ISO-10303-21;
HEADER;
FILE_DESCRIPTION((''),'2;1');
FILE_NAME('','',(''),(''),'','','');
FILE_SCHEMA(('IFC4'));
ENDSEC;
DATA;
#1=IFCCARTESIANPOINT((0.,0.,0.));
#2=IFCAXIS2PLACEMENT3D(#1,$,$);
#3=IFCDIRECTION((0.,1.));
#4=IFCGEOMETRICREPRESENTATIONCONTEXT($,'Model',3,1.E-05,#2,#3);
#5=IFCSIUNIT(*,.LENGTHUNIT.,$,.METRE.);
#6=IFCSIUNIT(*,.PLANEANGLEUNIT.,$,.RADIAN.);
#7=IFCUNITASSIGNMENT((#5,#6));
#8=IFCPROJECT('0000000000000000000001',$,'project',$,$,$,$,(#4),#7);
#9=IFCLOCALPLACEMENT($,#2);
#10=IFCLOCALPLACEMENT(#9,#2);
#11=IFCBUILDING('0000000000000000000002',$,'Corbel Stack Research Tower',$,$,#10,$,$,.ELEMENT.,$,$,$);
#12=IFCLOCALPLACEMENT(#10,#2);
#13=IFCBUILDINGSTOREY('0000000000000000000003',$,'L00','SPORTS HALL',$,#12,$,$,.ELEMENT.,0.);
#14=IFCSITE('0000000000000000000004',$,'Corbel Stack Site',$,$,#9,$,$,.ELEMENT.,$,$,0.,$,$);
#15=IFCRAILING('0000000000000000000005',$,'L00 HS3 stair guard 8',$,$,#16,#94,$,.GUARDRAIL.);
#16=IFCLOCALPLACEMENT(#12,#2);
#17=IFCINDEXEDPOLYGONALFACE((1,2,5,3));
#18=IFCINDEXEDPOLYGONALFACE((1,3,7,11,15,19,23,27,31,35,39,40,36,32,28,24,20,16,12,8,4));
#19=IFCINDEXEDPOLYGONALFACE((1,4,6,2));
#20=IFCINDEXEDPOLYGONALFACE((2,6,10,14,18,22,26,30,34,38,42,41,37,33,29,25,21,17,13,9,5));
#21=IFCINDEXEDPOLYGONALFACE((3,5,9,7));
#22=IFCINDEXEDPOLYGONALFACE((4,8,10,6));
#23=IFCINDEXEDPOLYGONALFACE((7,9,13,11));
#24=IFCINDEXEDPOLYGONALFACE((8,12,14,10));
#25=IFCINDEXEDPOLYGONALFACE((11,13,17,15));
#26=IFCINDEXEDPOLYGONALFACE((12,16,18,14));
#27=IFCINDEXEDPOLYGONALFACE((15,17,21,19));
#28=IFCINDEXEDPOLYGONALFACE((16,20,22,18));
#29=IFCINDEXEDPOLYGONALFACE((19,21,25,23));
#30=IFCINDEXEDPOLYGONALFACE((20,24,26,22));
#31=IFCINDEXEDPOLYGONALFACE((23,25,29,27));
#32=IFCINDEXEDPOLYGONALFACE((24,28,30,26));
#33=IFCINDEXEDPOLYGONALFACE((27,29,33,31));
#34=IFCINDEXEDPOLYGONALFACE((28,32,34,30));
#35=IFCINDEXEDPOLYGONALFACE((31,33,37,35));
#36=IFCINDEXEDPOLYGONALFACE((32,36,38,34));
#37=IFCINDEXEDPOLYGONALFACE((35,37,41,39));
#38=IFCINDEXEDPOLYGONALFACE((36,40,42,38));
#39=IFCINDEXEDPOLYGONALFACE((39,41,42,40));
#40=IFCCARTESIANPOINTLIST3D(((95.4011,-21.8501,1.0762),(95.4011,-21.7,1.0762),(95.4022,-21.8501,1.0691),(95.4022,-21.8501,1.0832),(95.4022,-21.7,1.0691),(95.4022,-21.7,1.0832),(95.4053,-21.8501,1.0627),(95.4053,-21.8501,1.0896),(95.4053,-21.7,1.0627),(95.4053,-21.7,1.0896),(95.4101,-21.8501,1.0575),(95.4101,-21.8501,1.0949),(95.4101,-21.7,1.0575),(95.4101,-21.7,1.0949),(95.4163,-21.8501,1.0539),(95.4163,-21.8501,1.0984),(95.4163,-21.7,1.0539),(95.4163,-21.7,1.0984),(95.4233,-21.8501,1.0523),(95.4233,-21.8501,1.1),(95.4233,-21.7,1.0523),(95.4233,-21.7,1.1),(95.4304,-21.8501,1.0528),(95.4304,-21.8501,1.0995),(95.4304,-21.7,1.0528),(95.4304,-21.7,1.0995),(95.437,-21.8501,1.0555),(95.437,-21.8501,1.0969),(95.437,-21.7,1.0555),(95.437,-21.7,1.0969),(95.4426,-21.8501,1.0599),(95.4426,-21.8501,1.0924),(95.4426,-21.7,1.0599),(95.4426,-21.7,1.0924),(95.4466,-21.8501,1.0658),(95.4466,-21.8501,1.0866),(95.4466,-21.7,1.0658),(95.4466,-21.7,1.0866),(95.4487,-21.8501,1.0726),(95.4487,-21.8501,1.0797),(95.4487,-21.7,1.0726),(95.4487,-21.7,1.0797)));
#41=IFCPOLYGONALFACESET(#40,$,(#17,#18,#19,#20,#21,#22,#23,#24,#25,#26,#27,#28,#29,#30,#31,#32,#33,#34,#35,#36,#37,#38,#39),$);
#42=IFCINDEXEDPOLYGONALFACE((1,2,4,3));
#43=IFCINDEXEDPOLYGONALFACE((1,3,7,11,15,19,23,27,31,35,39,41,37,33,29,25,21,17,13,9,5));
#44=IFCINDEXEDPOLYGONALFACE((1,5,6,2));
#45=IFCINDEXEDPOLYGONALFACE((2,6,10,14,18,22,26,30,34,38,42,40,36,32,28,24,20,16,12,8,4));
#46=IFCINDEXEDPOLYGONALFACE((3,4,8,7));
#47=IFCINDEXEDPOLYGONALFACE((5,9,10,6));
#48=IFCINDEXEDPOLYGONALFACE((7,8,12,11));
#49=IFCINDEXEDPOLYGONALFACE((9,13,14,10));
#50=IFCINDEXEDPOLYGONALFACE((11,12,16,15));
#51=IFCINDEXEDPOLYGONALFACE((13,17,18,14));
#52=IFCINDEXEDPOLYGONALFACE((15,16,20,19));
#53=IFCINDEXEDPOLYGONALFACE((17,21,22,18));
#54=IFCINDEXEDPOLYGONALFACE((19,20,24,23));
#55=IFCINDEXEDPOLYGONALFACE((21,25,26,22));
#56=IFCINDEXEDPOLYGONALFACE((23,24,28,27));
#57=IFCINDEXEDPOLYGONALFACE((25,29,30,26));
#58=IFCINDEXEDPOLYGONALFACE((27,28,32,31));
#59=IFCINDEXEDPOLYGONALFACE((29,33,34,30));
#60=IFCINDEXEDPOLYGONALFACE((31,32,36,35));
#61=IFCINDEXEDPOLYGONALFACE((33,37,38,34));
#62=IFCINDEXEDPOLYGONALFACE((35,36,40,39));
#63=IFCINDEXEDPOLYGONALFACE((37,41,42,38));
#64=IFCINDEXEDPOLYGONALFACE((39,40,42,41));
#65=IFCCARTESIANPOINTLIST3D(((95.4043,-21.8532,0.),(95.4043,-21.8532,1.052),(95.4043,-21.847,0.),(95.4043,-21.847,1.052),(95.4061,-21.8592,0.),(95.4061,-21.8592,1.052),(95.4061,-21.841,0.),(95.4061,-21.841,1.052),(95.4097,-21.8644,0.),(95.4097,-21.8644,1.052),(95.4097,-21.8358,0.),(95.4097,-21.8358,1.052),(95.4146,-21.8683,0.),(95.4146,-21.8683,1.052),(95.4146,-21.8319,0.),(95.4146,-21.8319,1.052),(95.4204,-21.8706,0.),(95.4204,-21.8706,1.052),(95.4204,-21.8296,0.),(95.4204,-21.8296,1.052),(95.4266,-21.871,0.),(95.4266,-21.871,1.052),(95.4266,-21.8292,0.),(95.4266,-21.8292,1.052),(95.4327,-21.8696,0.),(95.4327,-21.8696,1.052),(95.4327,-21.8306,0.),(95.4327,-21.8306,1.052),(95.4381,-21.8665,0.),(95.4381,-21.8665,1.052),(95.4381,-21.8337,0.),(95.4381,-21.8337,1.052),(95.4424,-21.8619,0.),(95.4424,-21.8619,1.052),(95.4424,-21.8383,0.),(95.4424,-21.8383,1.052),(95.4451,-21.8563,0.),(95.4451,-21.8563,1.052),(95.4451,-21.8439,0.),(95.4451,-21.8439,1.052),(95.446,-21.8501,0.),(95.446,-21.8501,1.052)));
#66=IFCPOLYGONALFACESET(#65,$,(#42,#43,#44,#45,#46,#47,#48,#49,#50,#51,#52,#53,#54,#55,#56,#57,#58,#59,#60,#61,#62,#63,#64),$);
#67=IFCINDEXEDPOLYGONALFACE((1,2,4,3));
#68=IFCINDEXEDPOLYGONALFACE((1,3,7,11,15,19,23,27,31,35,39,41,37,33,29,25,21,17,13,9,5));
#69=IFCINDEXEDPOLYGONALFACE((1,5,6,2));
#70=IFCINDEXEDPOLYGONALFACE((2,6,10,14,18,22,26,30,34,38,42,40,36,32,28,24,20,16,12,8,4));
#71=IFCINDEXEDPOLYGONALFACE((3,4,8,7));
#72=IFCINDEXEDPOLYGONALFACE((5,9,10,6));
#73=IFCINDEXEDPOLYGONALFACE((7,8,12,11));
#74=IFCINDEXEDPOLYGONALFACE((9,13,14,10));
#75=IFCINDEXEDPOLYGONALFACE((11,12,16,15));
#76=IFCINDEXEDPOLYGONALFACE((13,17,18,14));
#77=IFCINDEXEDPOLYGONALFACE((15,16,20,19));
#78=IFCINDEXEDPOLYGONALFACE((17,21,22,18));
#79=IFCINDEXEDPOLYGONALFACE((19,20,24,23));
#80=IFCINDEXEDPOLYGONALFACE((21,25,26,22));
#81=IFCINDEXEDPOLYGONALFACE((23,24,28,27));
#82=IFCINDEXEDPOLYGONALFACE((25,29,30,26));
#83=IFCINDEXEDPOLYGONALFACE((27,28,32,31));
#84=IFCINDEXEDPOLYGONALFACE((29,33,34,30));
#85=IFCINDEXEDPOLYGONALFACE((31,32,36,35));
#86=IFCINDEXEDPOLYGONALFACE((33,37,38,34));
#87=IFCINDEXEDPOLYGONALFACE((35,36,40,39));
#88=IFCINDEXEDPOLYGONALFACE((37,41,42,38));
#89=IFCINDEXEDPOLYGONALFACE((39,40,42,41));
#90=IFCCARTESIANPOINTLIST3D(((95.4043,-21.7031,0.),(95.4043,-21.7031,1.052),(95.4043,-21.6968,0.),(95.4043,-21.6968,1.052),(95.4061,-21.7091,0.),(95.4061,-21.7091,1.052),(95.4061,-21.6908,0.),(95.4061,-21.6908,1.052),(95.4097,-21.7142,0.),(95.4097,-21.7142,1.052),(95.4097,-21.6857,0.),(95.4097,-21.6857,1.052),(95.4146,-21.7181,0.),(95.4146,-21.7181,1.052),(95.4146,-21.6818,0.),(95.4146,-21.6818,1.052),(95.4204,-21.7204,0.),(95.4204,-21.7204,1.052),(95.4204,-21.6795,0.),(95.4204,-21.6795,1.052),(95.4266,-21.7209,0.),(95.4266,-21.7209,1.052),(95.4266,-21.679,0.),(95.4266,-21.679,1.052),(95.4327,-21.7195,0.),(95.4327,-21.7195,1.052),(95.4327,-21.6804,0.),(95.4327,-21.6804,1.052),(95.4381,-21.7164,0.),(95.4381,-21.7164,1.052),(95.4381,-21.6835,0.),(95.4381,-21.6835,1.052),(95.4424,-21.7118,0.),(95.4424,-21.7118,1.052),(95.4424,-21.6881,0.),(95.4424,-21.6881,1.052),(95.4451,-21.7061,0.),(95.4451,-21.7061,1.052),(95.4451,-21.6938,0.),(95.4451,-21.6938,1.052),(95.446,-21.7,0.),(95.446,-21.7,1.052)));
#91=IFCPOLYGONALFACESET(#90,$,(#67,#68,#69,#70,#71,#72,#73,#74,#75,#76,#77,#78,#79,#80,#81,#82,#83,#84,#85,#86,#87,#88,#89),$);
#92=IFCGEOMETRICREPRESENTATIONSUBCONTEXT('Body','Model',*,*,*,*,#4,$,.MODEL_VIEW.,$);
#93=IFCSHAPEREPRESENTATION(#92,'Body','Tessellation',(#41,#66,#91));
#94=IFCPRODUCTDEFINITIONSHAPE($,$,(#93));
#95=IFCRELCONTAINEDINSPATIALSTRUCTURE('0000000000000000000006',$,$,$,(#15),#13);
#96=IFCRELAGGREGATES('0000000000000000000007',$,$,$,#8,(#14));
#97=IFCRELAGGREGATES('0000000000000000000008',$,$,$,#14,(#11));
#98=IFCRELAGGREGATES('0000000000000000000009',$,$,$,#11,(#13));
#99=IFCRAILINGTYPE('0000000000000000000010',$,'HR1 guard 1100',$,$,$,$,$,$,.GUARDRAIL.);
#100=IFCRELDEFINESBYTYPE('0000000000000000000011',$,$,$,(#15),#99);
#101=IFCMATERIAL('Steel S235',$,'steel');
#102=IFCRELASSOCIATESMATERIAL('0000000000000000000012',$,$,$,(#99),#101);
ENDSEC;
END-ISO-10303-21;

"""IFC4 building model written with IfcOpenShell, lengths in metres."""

from ifc_helpers import new_model, si_unit, direction, frame, origin, origin_2d, place, context, subcontext, project, spatial, circle, extrude, material, type_object, element, save


model = new_model("IFC4")

# Units and contexts
model_context = context("Model", 3, precision=1e-05, world=origin(), true_north=direction((0.0, 1.0)))
body_context = subcontext(model_context, "Body", "Model", "MODEL_VIEW")
ifc_project = project(units=[si_unit("LENGTHUNIT", "METRE"), si_unit("PLANEANGLEUNIT", "RADIAN")], contexts=[model_context])

# Site, building, storey
site_placement = place(None, origin())
site = spatial("IfcSite", under=ifc_project, at=site_placement, Name="Corbel Stack Site", CompositionType="ELEMENT", RefElevation=0.0)
building_placement = place(site_placement, origin())
building = spatial("IfcBuilding", under=site, at=building_placement, Name="Corbel Stack Research Tower", CompositionType="ELEMENT")
storey_placement = place(building_placement, origin())
storey = spatial("IfcBuildingStorey", under=building, at=storey_placement, Name="L00", Description="SPORTS HALL", CompositionType="ELEMENT", Elevation=0.0)

# Railing
ifc_material_1 = material(Name="Steel S235", Category="steel")
railing_type_1 = type_object("IfcRailingType", Name="HR1 guard 1100", PredefinedType="GUARDRAIL", material=ifc_material_1)
railing_1_placement = place(storey_placement, frame((95.425, -21.8501, 0.0)))
element("IfcRailing", 1, at=railing_1_placement, inside=storey, type_object=railing_type_1, Name="L00 HS3 stair guard 8", PredefinedType="GUARDRAIL", context=body_context, shape_type="SweptSolid", body=[
    extrude(circle(Radius=0.0239, at=origin_2d()), frame((0.0, 0.0, 1.0762), z_axis=(0.0, 1.0, 0.0), x_axis=(-1.0, 0.0, 0.0)), (0.0, 0.0, 1.0), 0.1501),
    extrude(circle(Radius=0.021, at=origin_2d()), origin(), (0.0, 0.0, 1.0), 1.052),
    extrude(circle(Radius=0.021, at=origin_2d()), frame((0.0, 0.1501, 0.0)), (0.0, 0.0, 1.0), 1.052),
])

save(model, "model.ifc")
